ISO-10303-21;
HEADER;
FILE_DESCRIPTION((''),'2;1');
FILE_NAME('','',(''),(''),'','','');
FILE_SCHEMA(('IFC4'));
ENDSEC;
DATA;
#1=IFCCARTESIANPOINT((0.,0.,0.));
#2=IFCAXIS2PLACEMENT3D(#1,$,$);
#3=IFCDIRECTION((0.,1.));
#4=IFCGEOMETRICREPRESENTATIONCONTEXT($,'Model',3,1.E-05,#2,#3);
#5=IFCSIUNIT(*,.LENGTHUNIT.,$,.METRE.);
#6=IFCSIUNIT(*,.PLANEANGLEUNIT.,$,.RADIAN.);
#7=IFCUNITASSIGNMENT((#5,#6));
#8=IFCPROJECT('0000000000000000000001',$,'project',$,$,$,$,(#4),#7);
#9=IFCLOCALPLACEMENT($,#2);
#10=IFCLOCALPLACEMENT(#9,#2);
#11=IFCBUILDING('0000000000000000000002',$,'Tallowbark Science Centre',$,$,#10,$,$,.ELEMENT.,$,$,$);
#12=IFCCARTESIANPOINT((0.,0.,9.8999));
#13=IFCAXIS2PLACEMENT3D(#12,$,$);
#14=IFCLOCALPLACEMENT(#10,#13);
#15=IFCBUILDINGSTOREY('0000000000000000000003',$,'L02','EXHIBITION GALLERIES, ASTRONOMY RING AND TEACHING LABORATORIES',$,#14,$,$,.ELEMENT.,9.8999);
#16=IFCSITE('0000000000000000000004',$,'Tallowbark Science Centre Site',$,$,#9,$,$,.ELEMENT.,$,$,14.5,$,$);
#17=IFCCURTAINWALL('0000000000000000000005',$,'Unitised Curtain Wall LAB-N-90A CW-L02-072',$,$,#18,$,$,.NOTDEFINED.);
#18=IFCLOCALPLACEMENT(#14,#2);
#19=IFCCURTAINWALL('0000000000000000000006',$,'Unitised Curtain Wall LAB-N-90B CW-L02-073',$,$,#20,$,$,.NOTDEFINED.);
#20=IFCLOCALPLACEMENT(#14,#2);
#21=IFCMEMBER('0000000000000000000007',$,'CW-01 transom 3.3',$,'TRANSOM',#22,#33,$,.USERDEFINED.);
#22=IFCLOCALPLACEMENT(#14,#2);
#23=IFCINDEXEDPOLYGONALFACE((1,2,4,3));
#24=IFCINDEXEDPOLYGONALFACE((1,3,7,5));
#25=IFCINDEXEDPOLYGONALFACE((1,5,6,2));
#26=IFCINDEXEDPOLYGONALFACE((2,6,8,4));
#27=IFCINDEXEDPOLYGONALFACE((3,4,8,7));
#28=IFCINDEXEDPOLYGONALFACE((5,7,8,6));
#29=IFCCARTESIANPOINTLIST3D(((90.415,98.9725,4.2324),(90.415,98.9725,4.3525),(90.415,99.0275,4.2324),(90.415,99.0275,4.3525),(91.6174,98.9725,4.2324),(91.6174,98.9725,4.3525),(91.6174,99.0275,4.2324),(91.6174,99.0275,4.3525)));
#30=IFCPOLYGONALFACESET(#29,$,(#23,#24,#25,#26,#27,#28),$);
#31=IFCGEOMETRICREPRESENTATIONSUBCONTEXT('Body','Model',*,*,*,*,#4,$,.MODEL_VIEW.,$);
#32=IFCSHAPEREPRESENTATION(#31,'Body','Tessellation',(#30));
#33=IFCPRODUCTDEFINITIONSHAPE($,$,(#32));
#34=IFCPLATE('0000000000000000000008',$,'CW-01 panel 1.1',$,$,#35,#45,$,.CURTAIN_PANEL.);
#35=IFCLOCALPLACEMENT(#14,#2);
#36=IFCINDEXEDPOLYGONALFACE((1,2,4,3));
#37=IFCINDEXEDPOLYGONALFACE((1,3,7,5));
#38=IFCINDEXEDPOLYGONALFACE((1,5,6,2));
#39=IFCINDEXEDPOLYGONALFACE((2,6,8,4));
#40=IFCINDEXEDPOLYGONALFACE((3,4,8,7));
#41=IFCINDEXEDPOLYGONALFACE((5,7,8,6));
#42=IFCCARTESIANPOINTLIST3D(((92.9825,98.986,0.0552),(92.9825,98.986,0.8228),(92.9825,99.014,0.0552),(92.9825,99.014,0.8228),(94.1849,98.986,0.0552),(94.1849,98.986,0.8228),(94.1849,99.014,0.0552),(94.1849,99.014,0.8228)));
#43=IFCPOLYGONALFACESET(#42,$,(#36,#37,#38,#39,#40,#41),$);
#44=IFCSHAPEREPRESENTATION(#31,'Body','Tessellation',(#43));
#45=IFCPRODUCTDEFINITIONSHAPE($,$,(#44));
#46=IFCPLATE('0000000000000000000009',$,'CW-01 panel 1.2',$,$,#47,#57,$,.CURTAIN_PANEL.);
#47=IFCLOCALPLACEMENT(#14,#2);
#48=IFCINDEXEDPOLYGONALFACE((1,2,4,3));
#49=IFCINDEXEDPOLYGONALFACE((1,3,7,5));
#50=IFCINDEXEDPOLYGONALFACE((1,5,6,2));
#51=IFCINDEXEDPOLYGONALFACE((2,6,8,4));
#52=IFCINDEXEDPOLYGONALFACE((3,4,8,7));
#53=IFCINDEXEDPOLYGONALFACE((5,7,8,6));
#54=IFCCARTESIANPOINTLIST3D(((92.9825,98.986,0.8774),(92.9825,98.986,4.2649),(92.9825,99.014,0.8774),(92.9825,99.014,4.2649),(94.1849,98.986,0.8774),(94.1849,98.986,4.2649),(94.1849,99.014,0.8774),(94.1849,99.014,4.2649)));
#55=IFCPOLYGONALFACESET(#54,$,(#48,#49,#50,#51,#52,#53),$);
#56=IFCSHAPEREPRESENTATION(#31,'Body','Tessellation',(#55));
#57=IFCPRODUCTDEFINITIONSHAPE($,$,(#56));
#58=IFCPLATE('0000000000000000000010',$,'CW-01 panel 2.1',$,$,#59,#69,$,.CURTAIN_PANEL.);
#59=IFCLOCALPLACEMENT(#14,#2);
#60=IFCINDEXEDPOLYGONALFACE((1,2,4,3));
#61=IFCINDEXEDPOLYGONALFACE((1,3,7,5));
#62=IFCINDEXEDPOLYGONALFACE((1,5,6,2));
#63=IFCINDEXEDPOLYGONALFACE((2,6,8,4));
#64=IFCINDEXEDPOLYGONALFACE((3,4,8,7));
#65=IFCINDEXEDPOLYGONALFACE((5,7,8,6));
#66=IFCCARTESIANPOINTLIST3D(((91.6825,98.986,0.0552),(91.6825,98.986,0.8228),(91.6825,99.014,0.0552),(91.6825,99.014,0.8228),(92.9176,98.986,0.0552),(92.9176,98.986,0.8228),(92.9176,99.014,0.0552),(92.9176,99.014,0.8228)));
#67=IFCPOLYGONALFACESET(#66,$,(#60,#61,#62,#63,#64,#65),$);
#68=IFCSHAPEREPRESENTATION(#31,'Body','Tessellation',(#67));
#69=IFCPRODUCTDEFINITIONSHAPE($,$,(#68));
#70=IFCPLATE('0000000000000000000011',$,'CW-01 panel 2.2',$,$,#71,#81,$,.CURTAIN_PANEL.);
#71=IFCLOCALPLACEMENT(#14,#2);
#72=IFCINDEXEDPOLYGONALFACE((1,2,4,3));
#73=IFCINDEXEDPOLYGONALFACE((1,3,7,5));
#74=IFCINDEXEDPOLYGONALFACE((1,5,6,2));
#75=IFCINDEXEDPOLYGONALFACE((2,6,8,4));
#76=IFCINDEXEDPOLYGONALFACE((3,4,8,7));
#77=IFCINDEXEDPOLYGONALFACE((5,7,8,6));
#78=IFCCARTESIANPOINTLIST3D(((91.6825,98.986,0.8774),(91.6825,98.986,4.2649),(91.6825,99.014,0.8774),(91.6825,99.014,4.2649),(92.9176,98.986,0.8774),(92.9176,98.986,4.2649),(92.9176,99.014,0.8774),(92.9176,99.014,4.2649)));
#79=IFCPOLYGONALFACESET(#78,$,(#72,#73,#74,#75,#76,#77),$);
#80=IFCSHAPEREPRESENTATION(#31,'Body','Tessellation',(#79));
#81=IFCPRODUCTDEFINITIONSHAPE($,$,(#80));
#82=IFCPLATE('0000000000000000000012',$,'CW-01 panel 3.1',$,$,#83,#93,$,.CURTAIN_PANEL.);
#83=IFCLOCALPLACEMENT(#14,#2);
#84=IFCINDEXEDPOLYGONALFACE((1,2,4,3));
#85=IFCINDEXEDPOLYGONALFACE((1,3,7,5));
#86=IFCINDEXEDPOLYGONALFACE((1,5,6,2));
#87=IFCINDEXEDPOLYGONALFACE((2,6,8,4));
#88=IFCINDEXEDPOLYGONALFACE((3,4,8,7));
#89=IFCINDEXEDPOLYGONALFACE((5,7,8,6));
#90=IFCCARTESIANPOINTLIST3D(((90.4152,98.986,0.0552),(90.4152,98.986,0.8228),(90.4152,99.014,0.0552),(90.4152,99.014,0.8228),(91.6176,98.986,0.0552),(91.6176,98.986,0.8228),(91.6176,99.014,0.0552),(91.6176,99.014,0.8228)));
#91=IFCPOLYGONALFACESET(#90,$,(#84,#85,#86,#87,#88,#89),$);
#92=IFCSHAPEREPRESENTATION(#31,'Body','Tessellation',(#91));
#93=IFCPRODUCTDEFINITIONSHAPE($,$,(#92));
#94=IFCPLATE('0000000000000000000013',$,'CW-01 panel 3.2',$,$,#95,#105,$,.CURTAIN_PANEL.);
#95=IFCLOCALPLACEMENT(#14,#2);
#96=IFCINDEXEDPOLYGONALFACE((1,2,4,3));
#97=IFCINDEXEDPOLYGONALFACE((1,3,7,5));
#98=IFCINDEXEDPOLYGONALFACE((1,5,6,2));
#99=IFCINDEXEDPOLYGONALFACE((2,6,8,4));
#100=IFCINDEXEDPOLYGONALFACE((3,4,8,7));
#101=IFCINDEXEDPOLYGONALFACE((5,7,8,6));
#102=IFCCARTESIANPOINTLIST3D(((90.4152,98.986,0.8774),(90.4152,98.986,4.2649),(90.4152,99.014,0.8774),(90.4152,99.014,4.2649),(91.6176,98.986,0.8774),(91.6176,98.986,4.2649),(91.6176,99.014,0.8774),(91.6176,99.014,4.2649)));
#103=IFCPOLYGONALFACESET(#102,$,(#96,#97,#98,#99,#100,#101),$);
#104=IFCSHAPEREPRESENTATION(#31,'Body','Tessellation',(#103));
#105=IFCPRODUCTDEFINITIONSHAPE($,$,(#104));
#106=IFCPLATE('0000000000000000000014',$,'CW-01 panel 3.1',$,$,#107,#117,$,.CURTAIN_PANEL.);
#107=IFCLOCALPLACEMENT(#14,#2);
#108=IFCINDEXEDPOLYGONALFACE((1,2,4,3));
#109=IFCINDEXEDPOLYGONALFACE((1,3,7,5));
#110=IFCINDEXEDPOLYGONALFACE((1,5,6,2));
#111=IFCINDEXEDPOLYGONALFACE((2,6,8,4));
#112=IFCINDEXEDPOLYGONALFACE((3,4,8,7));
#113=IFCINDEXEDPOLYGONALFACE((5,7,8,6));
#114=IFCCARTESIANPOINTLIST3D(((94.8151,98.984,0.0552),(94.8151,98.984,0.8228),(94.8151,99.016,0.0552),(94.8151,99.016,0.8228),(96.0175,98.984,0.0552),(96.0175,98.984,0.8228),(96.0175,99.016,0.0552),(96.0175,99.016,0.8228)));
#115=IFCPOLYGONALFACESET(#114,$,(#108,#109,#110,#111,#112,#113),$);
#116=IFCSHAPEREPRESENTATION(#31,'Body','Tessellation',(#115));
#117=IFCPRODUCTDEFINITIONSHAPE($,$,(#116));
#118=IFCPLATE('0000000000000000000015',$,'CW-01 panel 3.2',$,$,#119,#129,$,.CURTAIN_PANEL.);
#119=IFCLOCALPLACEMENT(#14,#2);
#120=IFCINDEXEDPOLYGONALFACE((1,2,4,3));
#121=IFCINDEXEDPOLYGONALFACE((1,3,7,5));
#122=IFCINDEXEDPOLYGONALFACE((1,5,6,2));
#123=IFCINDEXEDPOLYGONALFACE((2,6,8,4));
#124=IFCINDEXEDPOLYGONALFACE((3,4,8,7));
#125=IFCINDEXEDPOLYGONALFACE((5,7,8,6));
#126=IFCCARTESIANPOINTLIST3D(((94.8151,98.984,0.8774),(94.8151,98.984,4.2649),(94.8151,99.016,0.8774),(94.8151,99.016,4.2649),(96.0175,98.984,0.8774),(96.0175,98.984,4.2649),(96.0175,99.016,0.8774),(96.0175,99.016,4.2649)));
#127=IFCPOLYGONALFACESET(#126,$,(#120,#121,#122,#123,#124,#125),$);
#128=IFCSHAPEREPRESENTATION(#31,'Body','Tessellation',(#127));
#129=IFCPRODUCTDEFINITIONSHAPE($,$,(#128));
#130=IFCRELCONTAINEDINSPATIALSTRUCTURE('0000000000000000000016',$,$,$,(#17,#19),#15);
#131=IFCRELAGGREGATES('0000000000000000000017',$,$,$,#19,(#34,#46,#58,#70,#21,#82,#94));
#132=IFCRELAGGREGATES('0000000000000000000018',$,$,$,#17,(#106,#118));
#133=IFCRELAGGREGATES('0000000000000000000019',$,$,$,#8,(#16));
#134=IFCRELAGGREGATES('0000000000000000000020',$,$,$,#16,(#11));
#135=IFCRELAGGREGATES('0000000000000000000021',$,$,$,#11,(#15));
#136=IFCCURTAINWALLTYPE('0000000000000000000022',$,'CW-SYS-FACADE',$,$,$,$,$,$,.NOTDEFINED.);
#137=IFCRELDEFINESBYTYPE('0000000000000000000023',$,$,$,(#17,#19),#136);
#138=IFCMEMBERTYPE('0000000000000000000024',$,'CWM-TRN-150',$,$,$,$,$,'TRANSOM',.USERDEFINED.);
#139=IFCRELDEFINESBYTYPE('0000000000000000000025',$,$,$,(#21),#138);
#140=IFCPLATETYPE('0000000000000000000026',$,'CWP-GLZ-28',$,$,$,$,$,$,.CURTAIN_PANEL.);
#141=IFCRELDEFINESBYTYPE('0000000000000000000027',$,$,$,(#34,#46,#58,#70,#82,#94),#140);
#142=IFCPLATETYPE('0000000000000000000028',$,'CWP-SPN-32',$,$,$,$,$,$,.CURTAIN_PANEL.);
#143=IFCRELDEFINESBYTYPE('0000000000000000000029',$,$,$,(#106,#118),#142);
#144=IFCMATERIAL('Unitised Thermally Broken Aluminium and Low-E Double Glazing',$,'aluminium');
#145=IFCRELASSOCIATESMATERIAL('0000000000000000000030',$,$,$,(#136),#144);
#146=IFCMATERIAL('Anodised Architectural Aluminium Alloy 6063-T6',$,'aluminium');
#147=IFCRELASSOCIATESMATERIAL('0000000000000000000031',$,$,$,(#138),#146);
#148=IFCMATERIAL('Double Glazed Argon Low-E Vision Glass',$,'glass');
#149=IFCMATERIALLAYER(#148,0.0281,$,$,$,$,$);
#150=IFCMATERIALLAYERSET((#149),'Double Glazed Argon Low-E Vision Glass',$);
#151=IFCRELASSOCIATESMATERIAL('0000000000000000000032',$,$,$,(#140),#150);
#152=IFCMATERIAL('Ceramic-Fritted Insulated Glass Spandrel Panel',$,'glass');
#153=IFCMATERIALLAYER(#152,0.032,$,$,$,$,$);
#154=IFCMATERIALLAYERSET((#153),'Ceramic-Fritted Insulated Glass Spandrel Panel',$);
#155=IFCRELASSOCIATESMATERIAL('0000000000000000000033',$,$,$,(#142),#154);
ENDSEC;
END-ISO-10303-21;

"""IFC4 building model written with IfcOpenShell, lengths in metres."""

from ifc_helpers import new_model, si_unit, direction, frame, origin, origin_2d, place, context, subcontext, project, spatial, rectangle, extrude, material, layer, layer_set, material_profile, profile_set, type_object, element, aggregate, save


model = new_model("IFC4")

# Units and contexts
model_context = context("Model", 3, precision=1e-05, world=origin(), true_north=direction((0.0, 1.0)))
body_context = subcontext(model_context, "Body", "Model", "MODEL_VIEW")
ifc_project = project(units=[si_unit("LENGTHUNIT", "METRE"), si_unit("PLANEANGLEUNIT", "RADIAN")], contexts=[model_context])

# Site, building, storey
site_placement = place(None, origin())
site = spatial("IfcSite", under=ifc_project, at=site_placement, Name="Tallowbark Science Centre Site", CompositionType="ELEMENT", RefElevation=14.5)
building_placement = place(site_placement, origin())
building = spatial("IfcBuilding", under=site, at=building_placement, Name="Tallowbark Science Centre", CompositionType="ELEMENT")
storey_placement = place(building_placement, frame((0.0, 0.0, 9.8999)))
storey = spatial("IfcBuildingStorey", under=building, at=storey_placement, Name="L02", Description="EXHIBITION GALLERIES, ASTRONOMY RING AND TEACHING LABORATORIES", CompositionType="ELEMENT", Elevation=9.8999)

# Curtain wall
ifc_material_1 = material(Name="Unitised Thermally Broken Aluminium and Low-E Double Glazing", Category="aluminium")
curtain_wall_type = type_object("IfcCurtainWallType", Name="CW-SYS-FACADE", PredefinedType="NOTDEFINED", material=ifc_material_1)
curtain_wall_1_placement = place(storey_placement, origin())
curtain_wall_1 = element("IfcCurtainWall", 1, at=curtain_wall_1_placement, inside=storey, type_object=curtain_wall_type, Name="Unitised Curtain Wall LAB-N-90A CW-L02-072", PredefinedType="NOTDEFINED")
ifc_material_2 = material(Name="Anodised Architectural Aluminium Alloy 6063-T6", Category="aluminium")

# Curtain wall
curtain_wall_2_placement = place(storey_placement, origin())
curtain_wall_2 = element("IfcCurtainWall", 2, at=curtain_wall_2_placement, inside=storey, type_object=curtain_wall_type, Name="Unitised Curtain Wall LAB-N-90B CW-L02-073", PredefinedType="NOTDEFINED")

# Member
ifc_material_profile_1 = material_profile(ifc_material_2, rectangle(XDim=0.0549, YDim=0.1201, at=origin_2d()), Name="ALU55x120")
ifc_profile_set_1 = profile_set([ifc_material_profile_1], Name="Anodised Architectural Aluminium Alloy 6063-T6")
member_type_1 = type_object("IfcMemberType", Name="CWM-TRN-150", ElementType="TRANSOM", PredefinedType="USERDEFINED", material=ifc_profile_set_1)
member_1_placement = place(storey_placement, frame((91.6174, 99.0, 4.2925), z_axis=(-1.0, 0.0, 0.0), x_axis=(0.0, -1.0, 0.0)))
member_1 = element("IfcMember", 3, at=member_1_placement, type_object=member_type_1, Name="CW-01 transom 3.3", ObjectType="TRANSOM", PredefinedType="USERDEFINED", context=body_context, shape_type="SweptSolid", body=[
    extrude(rectangle(XDim=0.0549, YDim=0.1201, at=origin_2d()), origin(), (0.0, 0.0, 1.0), 1.2024),
])

# Plates
ifc_material_3 = material(Name="Double Glazed Argon Low-E Vision Glass", Category="glass")
ifc_layer_1 = layer(ifc_material_3, 0.0281)
ifc_layer_set_1 = layer_set([ifc_layer_1], Name="Double Glazed Argon Low-E Vision Glass")
plate_type_1 = type_object("IfcPlateType", Name="CWP-GLZ-28", PredefinedType="CURTAIN_PANEL", material=ifc_layer_set_1)
plate_1_placement = place(storey_placement, frame((93.5837, 99.0, 0.0552), z_axis=(0.0, 0.0, 1.0), x_axis=(-1.0, 0.0, 0.0)))
plate_1 = element("IfcPlate", 4, at=plate_1_placement, type_object=plate_type_1, Name="CW-01 panel 1.1", PredefinedType="CURTAIN_PANEL", context=body_context, shape_type="SweptSolid", body=[
    extrude(rectangle(XDim=1.2024, YDim=0.0281, at=origin_2d()), origin(), (0.0, 0.0, 1.0), 0.7676),
])
plate_2_placement = place(storey_placement, frame((93.5837, 99.0, 0.8774), z_axis=(0.0, 0.0, 1.0), x_axis=(-1.0, 0.0, 0.0)))
plate_2 = element("IfcPlate", 5, at=plate_2_placement, type_object=plate_type_1, Name="CW-01 panel 1.2", PredefinedType="CURTAIN_PANEL", context=body_context, shape_type="SweptSolid", body=[
    extrude(rectangle(XDim=1.2024, YDim=0.0281, at=origin_2d()), origin(), (0.0, 0.0, 1.0), 3.3875),
])
plate_3_placement = place(storey_placement, frame((92.3, 99.0, 0.0552), z_axis=(0.0, 0.0, 1.0), x_axis=(-1.0, 0.0, 0.0)))
plate_3 = element("IfcPlate", 6, at=plate_3_placement, type_object=plate_type_1, Name="CW-01 panel 2.1", PredefinedType="CURTAIN_PANEL", context=body_context, shape_type="SweptSolid", body=[
    extrude(rectangle(XDim=1.2351, YDim=0.0281, at=origin_2d()), origin(), (0.0, 0.0, 1.0), 0.7676),
])
plate_4_placement = place(storey_placement, frame((92.3, 99.0, 0.8774), z_axis=(0.0, 0.0, 1.0), x_axis=(-1.0, 0.0, 0.0)))
plate_4 = element("IfcPlate", 7, at=plate_4_placement, type_object=plate_type_1, Name="CW-01 panel 2.2", PredefinedType="CURTAIN_PANEL", context=body_context, shape_type="SweptSolid", body=[
    extrude(rectangle(XDim=1.2351, YDim=0.0281, at=origin_2d()), origin(), (0.0, 0.0, 1.0), 3.3875),
])
plate_5_placement = place(storey_placement, frame((91.0164, 99.0, 0.0552), z_axis=(0.0, 0.0, 1.0), x_axis=(-1.0, 0.0, 0.0)))
plate_5 = element("IfcPlate", 8, at=plate_5_placement, type_object=plate_type_1, Name="CW-01 panel 3.1", PredefinedType="CURTAIN_PANEL", context=body_context, shape_type="SweptSolid", body=[
    extrude(rectangle(XDim=1.2024, YDim=0.0281, at=origin_2d()), origin(), (0.0, 0.0, 1.0), 0.7676),
])
plate_6_placement = place(storey_placement, frame((91.0164, 99.0, 0.8774), z_axis=(0.0, 0.0, 1.0), x_axis=(-1.0, 0.0, 0.0)))
plate_6 = element("IfcPlate", 9, at=plate_6_placement, type_object=plate_type_1, Name="CW-01 panel 3.2", PredefinedType="CURTAIN_PANEL", context=body_context, shape_type="SweptSolid", body=[
    extrude(rectangle(XDim=1.2024, YDim=0.0281, at=origin_2d()), origin(), (0.0, 0.0, 1.0), 3.3875),
])
aggregate(curtain_wall_2, [plate_1, plate_2, plate_3, plate_4, member_1, plate_5, plate_6])
ifc_material_4 = material(Name="Ceramic-Fritted Insulated Glass Spandrel Panel", Category="glass")
ifc_layer_2 = layer(ifc_material_4, 0.032)
ifc_layer_set_2 = layer_set([ifc_layer_2], Name="Ceramic-Fritted Insulated Glass Spandrel Panel")
plate_type_2 = type_object("IfcPlateType", Name="CWP-SPN-32", PredefinedType="CURTAIN_PANEL", material=ifc_layer_set_2)
plate_7_placement = place(storey_placement, frame((95.4163, 99.0, 0.0552), z_axis=(0.0, 0.0, 1.0), x_axis=(-1.0, 0.0, 0.0)))
plate_7 = element("IfcPlate", 10, at=plate_7_placement, type_object=plate_type_2, Name="CW-01 panel 3.1", PredefinedType="CURTAIN_PANEL", context=body_context, shape_type="SweptSolid", body=[
    extrude(rectangle(XDim=1.2024, YDim=0.032, at=origin_2d()), origin(), (0.0, 0.0, 1.0), 0.7676),
])
plate_8_placement = place(storey_placement, frame((95.4163, 99.0, 0.8774), z_axis=(0.0, 0.0, 1.0), x_axis=(-1.0, 0.0, 0.0)))
plate_8 = element("IfcPlate", 11, at=plate_8_placement, type_object=plate_type_2, Name="CW-01 panel 3.2", PredefinedType="CURTAIN_PANEL", context=body_context, shape_type="SweptSolid", body=[
    extrude(rectangle(XDim=1.2024, YDim=0.032, at=origin_2d()), origin(), (0.0, 0.0, 1.0), 3.3875),
])
aggregate(curtain_wall_1, [plate_7, plate_8])

save(model, "model.ifc")
